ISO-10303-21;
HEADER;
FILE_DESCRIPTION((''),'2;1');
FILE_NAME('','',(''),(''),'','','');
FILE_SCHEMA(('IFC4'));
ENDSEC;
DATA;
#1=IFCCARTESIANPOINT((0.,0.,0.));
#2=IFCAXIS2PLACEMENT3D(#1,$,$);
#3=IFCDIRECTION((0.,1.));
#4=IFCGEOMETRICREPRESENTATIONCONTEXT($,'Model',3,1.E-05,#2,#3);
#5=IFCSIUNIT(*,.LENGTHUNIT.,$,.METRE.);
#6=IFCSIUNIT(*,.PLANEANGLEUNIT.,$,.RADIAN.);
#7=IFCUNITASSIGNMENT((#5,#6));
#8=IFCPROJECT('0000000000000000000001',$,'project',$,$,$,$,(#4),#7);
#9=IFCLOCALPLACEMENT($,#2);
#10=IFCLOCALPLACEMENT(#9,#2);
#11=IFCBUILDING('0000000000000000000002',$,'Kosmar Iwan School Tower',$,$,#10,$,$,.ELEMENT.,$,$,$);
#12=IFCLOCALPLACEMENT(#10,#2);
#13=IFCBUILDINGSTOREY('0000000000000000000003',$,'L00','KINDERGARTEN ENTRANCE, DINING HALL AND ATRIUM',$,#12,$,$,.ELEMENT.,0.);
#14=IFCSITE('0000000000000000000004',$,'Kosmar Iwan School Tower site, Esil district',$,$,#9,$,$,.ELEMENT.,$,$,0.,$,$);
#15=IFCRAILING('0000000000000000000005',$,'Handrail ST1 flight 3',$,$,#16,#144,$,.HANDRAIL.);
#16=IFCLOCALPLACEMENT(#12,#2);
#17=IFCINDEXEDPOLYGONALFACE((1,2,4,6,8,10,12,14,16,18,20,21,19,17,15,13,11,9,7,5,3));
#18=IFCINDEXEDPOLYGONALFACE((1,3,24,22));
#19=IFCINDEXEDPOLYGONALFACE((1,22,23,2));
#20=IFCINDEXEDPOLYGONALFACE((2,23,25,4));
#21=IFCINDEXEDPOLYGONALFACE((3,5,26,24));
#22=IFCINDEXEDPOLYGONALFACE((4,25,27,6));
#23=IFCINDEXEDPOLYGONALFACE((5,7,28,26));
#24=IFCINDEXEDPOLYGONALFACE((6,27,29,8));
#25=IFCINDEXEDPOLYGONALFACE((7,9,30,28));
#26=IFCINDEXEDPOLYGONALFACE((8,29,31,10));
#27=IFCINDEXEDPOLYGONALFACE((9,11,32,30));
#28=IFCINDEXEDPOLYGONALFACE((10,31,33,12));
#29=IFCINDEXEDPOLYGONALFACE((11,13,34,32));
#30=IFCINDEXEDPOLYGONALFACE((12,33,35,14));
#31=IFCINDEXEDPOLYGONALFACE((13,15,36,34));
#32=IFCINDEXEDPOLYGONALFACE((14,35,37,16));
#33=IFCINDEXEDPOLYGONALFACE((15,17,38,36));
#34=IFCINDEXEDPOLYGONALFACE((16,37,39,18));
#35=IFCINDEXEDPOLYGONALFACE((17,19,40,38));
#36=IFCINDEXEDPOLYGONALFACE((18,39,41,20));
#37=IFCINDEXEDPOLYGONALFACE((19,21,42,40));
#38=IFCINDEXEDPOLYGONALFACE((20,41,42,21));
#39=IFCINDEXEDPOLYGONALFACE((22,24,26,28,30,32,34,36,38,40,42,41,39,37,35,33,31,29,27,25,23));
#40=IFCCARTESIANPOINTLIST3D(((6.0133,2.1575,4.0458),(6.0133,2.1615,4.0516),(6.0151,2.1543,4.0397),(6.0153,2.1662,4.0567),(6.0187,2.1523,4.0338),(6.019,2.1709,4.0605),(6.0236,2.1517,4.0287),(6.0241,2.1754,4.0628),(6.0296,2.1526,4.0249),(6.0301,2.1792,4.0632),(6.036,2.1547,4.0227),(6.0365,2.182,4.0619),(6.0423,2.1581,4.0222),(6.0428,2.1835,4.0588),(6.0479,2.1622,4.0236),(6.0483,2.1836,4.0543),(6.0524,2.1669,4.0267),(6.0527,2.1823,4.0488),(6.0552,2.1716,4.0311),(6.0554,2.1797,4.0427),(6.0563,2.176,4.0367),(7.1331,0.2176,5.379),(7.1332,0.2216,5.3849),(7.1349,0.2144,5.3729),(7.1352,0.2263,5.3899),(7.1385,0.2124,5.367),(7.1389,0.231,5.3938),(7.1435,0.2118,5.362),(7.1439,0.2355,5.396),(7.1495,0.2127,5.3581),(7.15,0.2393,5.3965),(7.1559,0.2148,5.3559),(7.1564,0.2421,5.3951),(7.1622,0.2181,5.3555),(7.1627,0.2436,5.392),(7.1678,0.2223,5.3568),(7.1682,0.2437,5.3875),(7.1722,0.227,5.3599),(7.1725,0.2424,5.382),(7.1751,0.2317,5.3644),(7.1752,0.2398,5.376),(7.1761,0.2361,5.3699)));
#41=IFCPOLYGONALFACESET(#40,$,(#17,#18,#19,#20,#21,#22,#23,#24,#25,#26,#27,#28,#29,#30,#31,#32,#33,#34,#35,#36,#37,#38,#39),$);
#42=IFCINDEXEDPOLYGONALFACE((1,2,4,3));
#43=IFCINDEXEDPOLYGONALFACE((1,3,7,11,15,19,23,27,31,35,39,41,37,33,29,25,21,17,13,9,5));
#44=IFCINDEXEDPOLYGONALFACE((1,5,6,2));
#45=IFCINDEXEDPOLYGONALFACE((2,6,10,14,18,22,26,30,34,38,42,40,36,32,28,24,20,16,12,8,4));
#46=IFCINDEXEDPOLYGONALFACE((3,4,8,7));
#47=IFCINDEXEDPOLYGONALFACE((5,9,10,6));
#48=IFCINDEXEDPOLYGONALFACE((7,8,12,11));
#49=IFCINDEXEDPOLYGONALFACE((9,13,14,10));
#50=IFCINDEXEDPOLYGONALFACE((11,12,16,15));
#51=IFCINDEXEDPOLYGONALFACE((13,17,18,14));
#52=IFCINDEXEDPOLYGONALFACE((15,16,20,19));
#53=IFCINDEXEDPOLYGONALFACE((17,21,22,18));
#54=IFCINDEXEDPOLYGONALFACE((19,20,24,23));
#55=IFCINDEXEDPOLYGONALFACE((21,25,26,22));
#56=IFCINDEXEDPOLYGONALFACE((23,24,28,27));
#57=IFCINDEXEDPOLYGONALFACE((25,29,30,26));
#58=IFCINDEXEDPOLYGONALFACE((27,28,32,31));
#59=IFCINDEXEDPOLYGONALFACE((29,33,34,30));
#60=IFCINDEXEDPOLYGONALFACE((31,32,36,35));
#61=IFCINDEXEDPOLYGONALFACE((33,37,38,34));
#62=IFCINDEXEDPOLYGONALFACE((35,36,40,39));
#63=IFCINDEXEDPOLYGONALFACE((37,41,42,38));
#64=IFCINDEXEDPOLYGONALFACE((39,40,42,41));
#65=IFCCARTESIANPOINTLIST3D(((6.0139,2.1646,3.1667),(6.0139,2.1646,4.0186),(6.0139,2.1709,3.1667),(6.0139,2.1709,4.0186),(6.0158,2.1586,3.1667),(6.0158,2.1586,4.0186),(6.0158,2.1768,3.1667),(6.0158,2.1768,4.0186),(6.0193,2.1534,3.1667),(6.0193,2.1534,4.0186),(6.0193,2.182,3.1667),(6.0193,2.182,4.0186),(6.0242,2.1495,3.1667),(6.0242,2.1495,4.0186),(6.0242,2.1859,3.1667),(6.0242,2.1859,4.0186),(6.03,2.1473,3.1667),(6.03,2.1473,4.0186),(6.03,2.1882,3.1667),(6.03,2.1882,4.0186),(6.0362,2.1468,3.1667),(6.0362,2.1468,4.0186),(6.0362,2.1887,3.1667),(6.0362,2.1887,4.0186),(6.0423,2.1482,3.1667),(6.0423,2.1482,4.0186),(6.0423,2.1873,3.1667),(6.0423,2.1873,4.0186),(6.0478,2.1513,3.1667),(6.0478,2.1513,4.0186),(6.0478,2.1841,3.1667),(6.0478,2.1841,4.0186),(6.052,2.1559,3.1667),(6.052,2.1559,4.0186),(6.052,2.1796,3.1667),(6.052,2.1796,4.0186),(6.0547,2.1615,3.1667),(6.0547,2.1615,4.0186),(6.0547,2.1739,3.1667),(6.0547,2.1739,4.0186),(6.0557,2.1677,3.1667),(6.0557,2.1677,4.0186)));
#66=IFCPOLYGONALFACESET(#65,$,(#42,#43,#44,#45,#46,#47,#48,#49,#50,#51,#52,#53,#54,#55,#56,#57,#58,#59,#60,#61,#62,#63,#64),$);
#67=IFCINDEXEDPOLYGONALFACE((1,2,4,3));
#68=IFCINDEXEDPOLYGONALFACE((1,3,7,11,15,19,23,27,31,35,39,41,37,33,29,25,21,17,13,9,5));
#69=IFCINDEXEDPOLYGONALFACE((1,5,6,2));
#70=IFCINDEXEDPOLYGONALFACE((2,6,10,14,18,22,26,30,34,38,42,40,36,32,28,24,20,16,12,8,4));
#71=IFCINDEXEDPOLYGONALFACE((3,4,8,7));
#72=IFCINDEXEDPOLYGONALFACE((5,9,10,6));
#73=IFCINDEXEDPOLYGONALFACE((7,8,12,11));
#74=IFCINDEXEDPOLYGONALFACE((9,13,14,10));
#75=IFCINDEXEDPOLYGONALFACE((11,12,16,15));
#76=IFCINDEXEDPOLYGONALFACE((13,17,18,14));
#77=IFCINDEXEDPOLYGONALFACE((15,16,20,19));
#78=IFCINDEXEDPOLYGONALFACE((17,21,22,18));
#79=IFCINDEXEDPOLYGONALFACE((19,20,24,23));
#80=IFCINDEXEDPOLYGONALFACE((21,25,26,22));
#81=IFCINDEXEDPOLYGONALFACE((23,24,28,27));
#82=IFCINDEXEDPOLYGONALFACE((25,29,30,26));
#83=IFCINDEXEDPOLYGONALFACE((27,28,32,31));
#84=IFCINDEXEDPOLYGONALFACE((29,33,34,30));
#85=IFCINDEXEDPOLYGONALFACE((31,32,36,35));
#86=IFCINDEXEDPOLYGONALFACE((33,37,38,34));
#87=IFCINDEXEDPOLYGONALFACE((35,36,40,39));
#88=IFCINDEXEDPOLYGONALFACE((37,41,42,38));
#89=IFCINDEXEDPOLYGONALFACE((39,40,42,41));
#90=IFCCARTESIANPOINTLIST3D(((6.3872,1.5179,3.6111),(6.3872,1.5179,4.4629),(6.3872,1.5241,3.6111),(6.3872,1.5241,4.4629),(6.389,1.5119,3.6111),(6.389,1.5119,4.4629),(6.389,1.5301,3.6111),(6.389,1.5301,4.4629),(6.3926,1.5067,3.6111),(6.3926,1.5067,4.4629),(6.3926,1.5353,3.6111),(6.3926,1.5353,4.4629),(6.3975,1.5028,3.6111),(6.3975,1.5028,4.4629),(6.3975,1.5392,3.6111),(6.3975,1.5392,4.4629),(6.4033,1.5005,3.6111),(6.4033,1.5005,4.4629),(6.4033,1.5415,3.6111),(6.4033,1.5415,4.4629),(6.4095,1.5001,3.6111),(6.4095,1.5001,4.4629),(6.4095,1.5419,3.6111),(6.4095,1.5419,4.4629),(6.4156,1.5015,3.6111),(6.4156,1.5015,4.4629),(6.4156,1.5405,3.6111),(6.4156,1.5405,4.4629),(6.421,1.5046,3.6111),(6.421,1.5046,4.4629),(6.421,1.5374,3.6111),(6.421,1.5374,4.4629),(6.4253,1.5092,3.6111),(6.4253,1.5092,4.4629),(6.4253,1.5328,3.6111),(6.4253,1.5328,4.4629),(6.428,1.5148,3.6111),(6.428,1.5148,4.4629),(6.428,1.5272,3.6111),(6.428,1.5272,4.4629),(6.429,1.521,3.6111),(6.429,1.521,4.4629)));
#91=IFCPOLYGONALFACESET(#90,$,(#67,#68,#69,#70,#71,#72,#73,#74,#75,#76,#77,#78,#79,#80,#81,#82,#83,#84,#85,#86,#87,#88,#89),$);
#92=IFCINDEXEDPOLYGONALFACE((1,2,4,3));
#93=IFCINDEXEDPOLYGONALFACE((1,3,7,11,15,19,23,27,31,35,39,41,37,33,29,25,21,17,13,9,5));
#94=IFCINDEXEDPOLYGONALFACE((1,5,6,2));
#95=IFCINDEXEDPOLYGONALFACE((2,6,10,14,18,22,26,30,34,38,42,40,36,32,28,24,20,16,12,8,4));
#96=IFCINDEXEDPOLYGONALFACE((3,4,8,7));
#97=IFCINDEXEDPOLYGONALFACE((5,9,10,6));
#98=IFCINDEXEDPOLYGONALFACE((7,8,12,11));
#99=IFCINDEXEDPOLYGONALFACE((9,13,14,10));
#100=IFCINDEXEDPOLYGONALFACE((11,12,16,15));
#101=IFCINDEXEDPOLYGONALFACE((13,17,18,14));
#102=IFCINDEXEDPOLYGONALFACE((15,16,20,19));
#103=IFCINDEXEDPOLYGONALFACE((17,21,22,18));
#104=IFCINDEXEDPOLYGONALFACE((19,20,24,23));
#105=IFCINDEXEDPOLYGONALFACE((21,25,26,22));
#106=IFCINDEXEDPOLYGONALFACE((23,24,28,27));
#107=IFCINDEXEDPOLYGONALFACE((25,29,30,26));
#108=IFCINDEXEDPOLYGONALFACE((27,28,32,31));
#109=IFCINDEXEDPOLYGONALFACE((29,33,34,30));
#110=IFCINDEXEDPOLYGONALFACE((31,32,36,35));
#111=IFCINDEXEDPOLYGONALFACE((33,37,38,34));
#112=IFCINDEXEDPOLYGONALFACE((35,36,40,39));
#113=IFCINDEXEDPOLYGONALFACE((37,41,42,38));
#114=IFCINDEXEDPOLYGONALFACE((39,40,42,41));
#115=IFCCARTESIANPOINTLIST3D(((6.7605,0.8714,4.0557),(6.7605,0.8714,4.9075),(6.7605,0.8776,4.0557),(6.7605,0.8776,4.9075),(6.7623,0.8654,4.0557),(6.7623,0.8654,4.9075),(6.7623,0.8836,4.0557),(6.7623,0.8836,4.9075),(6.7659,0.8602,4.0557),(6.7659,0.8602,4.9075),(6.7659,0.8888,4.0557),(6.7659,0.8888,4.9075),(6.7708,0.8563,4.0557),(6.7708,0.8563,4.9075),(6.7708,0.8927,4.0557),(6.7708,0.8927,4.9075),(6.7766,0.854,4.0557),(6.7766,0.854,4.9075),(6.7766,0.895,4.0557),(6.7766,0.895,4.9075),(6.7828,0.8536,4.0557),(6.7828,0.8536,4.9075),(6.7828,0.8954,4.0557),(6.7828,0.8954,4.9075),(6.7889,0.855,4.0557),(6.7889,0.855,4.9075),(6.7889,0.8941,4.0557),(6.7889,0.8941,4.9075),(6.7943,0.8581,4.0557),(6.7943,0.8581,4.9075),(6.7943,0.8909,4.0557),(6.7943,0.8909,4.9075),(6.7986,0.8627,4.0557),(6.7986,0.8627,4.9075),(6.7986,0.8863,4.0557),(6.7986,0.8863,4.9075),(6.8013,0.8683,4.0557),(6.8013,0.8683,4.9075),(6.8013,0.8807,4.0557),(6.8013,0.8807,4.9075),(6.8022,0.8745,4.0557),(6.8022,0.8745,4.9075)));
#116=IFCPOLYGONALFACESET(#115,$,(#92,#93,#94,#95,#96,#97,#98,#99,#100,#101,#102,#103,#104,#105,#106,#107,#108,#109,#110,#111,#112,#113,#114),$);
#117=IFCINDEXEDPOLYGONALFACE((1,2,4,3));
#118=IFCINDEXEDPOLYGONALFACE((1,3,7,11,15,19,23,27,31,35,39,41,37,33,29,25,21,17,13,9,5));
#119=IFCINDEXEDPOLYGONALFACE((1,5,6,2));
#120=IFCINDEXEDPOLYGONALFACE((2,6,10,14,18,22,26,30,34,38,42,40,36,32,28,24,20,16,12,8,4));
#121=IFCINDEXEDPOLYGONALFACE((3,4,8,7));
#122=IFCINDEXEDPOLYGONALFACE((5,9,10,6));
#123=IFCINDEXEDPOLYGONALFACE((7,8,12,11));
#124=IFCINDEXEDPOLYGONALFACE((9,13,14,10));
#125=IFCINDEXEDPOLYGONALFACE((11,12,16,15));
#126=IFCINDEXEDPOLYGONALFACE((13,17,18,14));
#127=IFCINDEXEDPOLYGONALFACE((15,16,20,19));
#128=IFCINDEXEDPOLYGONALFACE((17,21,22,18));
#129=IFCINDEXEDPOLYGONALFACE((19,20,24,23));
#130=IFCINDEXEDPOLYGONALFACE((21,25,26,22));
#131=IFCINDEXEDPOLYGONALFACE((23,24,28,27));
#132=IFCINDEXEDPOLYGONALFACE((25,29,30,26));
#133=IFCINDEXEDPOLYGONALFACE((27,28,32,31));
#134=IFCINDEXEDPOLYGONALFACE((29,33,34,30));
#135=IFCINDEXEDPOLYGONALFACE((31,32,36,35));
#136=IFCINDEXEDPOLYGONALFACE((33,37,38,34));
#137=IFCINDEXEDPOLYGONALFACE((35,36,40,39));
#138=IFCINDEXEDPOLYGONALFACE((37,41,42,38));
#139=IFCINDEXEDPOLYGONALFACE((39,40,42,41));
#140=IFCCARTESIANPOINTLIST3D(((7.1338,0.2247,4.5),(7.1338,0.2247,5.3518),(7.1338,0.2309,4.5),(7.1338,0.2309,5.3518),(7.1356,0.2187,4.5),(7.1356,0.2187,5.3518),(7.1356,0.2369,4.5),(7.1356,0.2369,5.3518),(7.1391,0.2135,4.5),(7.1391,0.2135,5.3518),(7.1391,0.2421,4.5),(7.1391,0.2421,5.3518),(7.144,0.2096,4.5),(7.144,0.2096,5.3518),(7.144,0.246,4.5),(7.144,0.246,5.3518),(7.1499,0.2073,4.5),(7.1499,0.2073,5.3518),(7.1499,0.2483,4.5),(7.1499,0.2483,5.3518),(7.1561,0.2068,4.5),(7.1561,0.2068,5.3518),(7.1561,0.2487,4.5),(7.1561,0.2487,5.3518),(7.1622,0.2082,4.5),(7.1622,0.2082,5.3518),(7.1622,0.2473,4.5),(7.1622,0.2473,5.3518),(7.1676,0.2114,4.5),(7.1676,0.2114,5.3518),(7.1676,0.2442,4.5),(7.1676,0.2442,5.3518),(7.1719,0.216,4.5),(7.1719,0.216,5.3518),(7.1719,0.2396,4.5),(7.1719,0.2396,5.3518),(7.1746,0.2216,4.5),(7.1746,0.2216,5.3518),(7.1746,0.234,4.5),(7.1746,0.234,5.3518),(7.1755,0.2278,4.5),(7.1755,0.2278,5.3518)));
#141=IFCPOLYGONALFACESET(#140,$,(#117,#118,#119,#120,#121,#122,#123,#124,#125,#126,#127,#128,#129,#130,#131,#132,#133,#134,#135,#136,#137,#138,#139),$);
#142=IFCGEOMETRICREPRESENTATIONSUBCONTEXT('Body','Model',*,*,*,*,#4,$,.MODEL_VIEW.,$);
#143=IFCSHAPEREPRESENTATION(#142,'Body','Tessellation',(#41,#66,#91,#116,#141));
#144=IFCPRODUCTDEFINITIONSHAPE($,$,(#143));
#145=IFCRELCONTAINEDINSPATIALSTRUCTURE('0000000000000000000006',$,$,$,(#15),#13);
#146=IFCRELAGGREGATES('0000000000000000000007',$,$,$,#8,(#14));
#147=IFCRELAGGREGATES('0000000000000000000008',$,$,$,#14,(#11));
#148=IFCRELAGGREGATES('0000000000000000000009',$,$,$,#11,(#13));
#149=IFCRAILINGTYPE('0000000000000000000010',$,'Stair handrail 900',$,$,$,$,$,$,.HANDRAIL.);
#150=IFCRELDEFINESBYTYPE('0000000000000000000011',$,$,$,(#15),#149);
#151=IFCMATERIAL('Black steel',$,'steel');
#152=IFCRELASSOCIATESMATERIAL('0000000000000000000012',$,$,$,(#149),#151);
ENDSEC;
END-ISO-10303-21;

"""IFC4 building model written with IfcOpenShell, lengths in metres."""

from ifc_helpers import new_model, si_unit, direction, frame, origin, origin_2d, place, context, subcontext, project, spatial, circle, extrude, material, type_object, element, save


model = new_model("IFC4")

# Units and contexts
model_context = context("Model", 3, precision=1e-05, world=origin(), true_north=direction((0.0, 1.0)))
body_context = subcontext(model_context, "Body", "Model", "MODEL_VIEW")
ifc_project = project(units=[si_unit("LENGTHUNIT", "METRE"), si_unit("PLANEANGLEUNIT", "RADIAN")], contexts=[model_context])

# Site, building, storey
site_placement = place(None, origin())
site = spatial("IfcSite", under=ifc_project, at=site_placement, Name="Kosmar Iwan School Tower site, Esil district", CompositionType="ELEMENT", RefElevation=0.0)
building_placement = place(site_placement, origin())
building = spatial("IfcBuilding", under=site, at=building_placement, Name="Kosmar Iwan School Tower", CompositionType="ELEMENT")
storey_placement = place(building_placement, origin())
storey = spatial("IfcBuildingStorey", under=building, at=storey_placement, Name="L00", Description="KINDERGARTEN ENTRANCE, DINING HALL AND ATRIUM", CompositionType="ELEMENT", Elevation=0.0)

# Railing
ifc_material_1 = material(Name="Black steel", Category="steel")
railing_type = type_object("IfcRailingType", Name="Stair handrail 900", PredefinedType="HANDRAIL", material=ifc_material_1)
railing_1_placement = place(storey_placement, frame((6.0347, 2.1677, 3.1667)))
element("IfcRailing", 1, at=railing_1_placement, inside=storey, type_object=railing_type, Name="Handrail ST1 flight 3", PredefinedType="HANDRAIL", context=body_context, shape_type="SweptSolid", body=[
    extrude(circle(Radius=0.0239, at=origin_2d()), frame((0.0, 0.0, 0.876), z_axis=(0.429608, -0.744205, 0.511465), x_axis=(0.866055, 0.499949, 0.0)), (0.0, 0.0, 1.0), 2.6067),
    extrude(circle(Radius=0.021, at=origin_2d()), origin(), (0.0, 0.0, 1.0), 0.8518),
    extrude(circle(Radius=0.021, at=origin_2d()), frame((0.3733, -0.6467, 0.4443)), (0.0, 0.0, 1.0), 0.8518),
    extrude(circle(Radius=0.021, at=origin_2d()), frame((0.7466, -1.2932, 0.8889)), (0.0, 0.0, 1.0), 0.8518),
    extrude(circle(Radius=0.021, at=origin_2d()), frame((1.1199, -1.9399, 1.3333)), (0.0, 0.0, 1.0), 0.8518),
])

save(model, "model.ifc")
